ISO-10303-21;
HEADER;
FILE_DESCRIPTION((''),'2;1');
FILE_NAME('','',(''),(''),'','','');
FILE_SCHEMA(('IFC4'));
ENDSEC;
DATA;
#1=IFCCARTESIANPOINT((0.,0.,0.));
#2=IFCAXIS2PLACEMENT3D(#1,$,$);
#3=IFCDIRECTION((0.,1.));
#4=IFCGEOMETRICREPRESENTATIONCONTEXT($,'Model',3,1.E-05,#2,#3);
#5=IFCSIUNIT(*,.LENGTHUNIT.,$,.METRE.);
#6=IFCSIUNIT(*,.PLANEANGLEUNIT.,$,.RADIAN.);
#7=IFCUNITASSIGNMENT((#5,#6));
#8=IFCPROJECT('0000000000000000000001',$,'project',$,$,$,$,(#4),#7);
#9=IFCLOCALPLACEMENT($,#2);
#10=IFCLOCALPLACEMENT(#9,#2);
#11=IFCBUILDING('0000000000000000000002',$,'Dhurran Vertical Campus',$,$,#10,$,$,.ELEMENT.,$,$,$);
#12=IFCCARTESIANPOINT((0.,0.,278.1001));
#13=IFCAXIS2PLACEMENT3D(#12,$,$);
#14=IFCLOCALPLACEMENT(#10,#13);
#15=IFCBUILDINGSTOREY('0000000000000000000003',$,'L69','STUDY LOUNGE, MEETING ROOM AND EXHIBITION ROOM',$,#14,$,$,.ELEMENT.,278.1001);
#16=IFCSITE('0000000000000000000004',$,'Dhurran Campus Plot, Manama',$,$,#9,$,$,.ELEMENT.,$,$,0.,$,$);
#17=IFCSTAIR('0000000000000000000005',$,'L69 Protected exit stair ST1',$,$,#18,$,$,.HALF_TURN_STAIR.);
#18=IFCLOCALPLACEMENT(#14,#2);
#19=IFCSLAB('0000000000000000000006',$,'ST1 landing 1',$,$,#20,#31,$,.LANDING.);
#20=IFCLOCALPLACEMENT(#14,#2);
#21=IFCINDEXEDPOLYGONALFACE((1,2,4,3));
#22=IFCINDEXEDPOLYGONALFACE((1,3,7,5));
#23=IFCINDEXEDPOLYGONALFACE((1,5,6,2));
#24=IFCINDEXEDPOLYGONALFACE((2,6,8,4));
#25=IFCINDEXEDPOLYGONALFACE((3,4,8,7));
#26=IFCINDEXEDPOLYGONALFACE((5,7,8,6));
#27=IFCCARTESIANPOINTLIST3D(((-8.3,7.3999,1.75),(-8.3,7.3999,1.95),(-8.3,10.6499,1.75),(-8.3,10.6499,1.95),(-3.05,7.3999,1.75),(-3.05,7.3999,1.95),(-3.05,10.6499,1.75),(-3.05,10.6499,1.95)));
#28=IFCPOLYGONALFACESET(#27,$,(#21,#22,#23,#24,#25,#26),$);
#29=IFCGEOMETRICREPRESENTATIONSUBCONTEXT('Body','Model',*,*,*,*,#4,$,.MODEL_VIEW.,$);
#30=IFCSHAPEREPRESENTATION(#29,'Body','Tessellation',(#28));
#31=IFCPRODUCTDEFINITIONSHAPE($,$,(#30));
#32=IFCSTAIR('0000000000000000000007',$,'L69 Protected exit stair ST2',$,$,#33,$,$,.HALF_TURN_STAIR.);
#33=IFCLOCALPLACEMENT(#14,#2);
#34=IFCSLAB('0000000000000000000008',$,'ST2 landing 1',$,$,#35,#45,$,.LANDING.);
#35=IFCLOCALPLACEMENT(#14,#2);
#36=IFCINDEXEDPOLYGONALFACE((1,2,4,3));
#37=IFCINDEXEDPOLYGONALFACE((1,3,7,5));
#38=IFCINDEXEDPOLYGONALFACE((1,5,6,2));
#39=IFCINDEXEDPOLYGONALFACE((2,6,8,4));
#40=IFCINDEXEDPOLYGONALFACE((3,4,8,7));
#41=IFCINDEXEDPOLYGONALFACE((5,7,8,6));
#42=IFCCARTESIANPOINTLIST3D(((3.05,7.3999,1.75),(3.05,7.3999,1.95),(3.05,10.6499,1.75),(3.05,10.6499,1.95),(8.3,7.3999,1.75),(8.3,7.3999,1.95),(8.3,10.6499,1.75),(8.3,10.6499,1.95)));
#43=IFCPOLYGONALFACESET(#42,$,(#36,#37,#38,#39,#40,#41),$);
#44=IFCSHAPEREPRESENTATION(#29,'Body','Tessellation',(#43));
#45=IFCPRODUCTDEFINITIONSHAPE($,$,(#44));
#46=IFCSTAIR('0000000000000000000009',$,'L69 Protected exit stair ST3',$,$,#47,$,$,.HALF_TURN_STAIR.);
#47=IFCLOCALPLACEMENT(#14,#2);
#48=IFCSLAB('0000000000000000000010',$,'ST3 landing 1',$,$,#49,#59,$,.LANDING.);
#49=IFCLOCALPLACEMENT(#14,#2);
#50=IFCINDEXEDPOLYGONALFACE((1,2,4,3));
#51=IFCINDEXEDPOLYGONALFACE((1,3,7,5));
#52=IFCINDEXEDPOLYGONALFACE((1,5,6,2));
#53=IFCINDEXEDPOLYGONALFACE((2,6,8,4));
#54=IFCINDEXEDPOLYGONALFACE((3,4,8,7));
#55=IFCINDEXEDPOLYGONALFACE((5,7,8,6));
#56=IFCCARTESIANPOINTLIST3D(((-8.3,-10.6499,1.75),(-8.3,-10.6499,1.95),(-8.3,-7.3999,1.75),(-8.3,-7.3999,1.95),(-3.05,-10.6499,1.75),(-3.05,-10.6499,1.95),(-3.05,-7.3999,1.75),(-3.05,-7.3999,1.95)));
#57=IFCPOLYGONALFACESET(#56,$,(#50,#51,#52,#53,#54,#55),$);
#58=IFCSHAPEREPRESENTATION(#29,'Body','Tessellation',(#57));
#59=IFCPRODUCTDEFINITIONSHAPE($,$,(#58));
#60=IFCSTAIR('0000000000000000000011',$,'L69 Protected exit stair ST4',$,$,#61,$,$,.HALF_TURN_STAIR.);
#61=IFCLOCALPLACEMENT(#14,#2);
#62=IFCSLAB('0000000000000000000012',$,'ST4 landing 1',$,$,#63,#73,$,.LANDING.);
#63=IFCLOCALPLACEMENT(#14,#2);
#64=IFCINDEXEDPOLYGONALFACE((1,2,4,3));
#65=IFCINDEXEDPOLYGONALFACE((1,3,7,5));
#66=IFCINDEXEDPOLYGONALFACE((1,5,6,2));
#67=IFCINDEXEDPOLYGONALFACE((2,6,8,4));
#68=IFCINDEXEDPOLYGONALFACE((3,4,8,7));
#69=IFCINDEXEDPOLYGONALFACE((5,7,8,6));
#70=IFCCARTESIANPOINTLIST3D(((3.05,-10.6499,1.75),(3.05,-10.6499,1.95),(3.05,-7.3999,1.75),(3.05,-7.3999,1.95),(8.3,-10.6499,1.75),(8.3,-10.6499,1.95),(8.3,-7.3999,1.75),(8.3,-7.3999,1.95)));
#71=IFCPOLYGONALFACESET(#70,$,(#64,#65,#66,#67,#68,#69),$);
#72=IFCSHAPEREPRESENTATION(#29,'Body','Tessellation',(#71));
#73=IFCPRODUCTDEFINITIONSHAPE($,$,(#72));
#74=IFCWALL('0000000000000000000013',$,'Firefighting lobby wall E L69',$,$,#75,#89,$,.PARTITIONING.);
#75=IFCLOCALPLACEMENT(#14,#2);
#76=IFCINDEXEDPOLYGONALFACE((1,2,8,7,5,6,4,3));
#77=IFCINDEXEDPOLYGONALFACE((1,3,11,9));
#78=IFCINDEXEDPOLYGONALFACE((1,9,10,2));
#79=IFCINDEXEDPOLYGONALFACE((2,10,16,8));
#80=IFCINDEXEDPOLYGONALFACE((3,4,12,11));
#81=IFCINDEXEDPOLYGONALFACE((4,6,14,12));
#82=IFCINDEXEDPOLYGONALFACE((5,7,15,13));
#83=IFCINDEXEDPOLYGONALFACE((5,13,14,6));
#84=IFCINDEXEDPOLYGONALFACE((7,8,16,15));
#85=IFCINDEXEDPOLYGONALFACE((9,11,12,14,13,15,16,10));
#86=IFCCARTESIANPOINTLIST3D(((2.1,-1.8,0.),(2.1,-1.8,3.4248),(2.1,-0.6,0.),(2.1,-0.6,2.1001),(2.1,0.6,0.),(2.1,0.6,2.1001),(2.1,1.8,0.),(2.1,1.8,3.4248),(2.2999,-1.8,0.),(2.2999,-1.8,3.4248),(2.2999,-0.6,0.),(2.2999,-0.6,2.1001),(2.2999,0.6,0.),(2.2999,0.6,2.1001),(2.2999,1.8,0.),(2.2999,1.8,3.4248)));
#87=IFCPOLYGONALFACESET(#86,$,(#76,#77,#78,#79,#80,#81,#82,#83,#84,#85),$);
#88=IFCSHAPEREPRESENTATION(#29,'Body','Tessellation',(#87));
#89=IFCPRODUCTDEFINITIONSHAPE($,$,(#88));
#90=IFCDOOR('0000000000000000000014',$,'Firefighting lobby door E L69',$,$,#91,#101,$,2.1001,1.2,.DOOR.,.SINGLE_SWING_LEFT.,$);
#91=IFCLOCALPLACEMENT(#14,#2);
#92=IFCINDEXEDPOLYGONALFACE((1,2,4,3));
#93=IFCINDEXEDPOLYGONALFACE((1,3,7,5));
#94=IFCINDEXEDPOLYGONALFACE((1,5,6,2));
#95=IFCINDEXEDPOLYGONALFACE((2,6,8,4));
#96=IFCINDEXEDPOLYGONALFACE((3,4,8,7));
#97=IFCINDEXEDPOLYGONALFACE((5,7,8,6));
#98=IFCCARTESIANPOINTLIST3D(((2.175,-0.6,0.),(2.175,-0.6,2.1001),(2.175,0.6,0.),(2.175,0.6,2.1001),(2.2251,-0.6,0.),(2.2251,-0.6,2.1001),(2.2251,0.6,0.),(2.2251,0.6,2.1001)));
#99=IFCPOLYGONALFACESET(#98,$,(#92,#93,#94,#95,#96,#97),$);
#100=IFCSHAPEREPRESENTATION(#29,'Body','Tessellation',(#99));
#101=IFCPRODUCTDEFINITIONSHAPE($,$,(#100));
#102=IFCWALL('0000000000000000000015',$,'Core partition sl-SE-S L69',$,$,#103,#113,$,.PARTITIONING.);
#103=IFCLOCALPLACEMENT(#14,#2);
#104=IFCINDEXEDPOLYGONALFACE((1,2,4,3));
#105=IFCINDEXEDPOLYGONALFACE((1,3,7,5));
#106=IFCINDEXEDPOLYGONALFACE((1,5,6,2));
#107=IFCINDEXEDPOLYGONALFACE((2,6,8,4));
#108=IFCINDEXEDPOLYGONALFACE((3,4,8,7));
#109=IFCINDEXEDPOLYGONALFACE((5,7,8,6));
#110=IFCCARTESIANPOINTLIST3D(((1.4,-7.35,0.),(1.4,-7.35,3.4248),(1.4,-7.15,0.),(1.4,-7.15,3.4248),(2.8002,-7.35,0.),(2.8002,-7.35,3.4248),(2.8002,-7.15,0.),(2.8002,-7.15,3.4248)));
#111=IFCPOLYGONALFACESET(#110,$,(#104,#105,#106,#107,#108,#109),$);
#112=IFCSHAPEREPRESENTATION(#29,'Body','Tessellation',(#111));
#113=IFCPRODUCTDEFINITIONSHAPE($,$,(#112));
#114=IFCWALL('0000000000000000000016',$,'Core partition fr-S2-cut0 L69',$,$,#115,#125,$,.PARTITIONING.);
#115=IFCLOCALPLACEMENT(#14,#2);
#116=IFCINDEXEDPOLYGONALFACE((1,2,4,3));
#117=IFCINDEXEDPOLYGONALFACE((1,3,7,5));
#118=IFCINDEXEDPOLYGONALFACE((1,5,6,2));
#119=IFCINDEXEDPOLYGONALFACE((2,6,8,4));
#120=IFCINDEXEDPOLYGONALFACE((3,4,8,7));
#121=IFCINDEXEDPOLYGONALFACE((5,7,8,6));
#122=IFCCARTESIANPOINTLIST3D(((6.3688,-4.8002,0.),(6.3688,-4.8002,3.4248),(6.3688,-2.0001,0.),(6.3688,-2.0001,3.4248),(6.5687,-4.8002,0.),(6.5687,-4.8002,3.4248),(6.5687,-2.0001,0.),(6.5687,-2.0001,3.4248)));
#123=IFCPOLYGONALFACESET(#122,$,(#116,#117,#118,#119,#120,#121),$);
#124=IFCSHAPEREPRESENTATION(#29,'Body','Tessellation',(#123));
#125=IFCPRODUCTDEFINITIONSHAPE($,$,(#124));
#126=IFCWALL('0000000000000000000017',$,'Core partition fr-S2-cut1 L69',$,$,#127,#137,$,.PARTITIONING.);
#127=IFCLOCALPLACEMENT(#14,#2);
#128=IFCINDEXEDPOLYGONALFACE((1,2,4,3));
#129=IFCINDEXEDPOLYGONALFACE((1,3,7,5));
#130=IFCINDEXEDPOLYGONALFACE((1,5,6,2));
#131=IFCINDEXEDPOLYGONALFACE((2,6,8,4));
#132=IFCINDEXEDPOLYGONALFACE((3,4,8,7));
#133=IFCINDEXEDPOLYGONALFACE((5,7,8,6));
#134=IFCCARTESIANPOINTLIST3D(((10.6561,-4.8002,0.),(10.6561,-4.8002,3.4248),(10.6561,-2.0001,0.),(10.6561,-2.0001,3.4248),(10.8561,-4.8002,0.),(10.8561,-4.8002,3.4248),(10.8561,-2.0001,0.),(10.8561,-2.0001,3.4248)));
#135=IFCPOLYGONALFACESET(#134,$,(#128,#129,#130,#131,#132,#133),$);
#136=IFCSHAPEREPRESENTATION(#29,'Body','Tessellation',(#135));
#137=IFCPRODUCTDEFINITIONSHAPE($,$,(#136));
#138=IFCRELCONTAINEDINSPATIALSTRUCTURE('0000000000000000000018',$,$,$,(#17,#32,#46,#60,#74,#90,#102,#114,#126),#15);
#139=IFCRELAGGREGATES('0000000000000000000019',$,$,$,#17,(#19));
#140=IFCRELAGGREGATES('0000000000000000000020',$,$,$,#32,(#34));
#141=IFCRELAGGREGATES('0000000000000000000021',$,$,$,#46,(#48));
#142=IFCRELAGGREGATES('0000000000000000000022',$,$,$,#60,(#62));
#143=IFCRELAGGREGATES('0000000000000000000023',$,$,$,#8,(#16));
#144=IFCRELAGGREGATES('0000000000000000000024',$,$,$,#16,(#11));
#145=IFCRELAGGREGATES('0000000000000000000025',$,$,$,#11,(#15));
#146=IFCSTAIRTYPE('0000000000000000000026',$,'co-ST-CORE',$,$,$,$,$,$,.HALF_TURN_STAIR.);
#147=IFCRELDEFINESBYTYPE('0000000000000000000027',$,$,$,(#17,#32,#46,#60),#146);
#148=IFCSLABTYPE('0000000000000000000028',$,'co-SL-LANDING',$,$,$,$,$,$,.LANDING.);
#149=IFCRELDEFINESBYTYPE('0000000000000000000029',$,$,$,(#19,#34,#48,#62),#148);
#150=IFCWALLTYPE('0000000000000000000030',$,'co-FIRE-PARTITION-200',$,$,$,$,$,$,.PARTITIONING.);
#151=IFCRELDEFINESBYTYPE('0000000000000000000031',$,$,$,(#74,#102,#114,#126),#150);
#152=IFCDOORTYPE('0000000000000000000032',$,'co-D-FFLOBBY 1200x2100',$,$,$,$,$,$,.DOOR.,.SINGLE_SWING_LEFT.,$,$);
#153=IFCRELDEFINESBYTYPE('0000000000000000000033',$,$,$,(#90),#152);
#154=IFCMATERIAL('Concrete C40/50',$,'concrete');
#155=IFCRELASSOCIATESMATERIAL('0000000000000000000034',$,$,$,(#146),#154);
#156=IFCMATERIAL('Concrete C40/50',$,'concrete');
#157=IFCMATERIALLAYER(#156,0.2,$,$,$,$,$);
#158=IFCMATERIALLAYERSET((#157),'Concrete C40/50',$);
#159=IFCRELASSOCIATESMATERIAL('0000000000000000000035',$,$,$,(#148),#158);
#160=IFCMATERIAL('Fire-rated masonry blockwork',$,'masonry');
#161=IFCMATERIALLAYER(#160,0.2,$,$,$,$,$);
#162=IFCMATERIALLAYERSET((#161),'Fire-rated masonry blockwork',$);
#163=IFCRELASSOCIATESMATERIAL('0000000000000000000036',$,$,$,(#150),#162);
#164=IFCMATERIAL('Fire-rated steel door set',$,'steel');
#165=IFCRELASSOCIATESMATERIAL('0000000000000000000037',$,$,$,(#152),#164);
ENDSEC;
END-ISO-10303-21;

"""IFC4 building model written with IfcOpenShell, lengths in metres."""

from ifc_helpers import new_model, si_unit, direction, frame, frame_2d, origin, place, context, subcontext, project, spatial, polyline, rectangle, outline, extrude, material, layer, layer_set, type_object, element, fill, aggregate, save


model = new_model("IFC4")

# Units and contexts
model_context = context("Model", 3, precision=1e-05, world=origin(), true_north=direction((0.0, 1.0)))
body_context = subcontext(model_context, "Body", "Model", "MODEL_VIEW")
ifc_project = project(units=[si_unit("LENGTHUNIT", "METRE"), si_unit("PLANEANGLEUNIT", "RADIAN")], contexts=[model_context])

# Site, building, storey
site_placement = place(None, origin())
site = spatial("IfcSite", under=ifc_project, at=site_placement, Name="Dhurran Campus Plot, Manama", CompositionType="ELEMENT", RefElevation=0.0)
building_placement = place(site_placement, origin())
building = spatial("IfcBuilding", under=site, at=building_placement, Name="Dhurran Vertical Campus", CompositionType="ELEMENT")
storey_placement = place(building_placement, frame((0.0, 0.0, 278.1001)))
storey = spatial("IfcBuildingStorey", under=building, at=storey_placement, Name="L69", Description="STUDY LOUNGE, MEETING ROOM AND EXHIBITION ROOM", CompositionType="ELEMENT", Elevation=278.1001)

# Stairs, slabs
ifc_material_1 = material(Name="Concrete C40/50", Category="concrete")
stair_type = type_object("IfcStairType", Name="co-ST-CORE", PredefinedType="HALF_TURN_STAIR", material=ifc_material_1)
stair_1_placement = place(storey_placement, origin())
stair_1 = element("IfcStair", 1, at=stair_1_placement, inside=storey, type_object=stair_type, Name="L69 Protected exit stair ST1", PredefinedType="HALF_TURN_STAIR")
ifc_material_2 = material(Name="Concrete C40/50", Category="concrete")
ifc_layer_1 = layer(ifc_material_2, 0.2)
ifc_layer_set_1 = layer_set([ifc_layer_1], Name="Concrete C40/50")
slab_type = type_object("IfcSlabType", Name="co-SL-LANDING", PredefinedType="LANDING", material=ifc_layer_set_1)
slab_1_placement = place(storey_placement, frame((0.0, 0.0, 1.75)))
slab_1 = element("IfcSlab", 2, at=slab_1_placement, type_object=slab_type, Name="ST1 landing 1", PredefinedType="LANDING", context=body_context, shape_type="SweptSolid", body=[
    extrude(outline(polyline([(-8.3, 7.3999), (-3.05, 7.3999), (-3.05, 10.6499), (-8.3, 10.6499), (-8.3, 7.3999)])), origin(), (0.0, 0.0, 1.0), 0.2),
])
aggregate(stair_1, [slab_1])
stair_2_placement = place(storey_placement, origin())
stair_2 = element("IfcStair", 3, at=stair_2_placement, inside=storey, type_object=stair_type, Name="L69 Protected exit stair ST2", PredefinedType="HALF_TURN_STAIR")
slab_2_placement = place(storey_placement, frame((0.0, 0.0, 1.75)))
slab_2 = element("IfcSlab", 4, at=slab_2_placement, type_object=slab_type, Name="ST2 landing 1", PredefinedType="LANDING", context=body_context, shape_type="SweptSolid", body=[
    extrude(outline(polyline([(8.3, 10.6499), (3.05, 10.6499), (3.05, 7.3999), (8.3, 7.3999), (8.3, 10.6499)])), origin(), (0.0, 0.0, 1.0), 0.2),
])
aggregate(stair_2, [slab_2])
stair_3_placement = place(storey_placement, origin())
stair_3 = element("IfcStair", 5, at=stair_3_placement, inside=storey, type_object=stair_type, Name="L69 Protected exit stair ST3", PredefinedType="HALF_TURN_STAIR")
slab_3_placement = place(storey_placement, frame((0.0, 0.0, 1.75)))
slab_3 = element("IfcSlab", 6, at=slab_3_placement, type_object=slab_type, Name="ST3 landing 1", PredefinedType="LANDING", context=body_context, shape_type="SweptSolid", body=[
    extrude(outline(polyline([(-8.3, -10.6499), (-3.05, -10.6499), (-3.05, -7.3999), (-8.3, -7.3999), (-8.3, -10.6499)])), origin(), (0.0, 0.0, 1.0), 0.2),
])
aggregate(stair_3, [slab_3])
stair_4_placement = place(storey_placement, origin())
stair_4 = element("IfcStair", 7, at=stair_4_placement, inside=storey, type_object=stair_type, Name="L69 Protected exit stair ST4", PredefinedType="HALF_TURN_STAIR")
slab_4_placement = place(storey_placement, frame((0.0, 0.0, 1.75)))
slab_4 = element("IfcSlab", 8, at=slab_4_placement, type_object=slab_type, Name="ST4 landing 1", PredefinedType="LANDING", context=body_context, shape_type="SweptSolid", body=[
    extrude(outline(polyline([(8.3, -7.3999), (3.05, -7.3999), (3.05, -10.6499), (8.3, -10.6499), (8.3, -7.3999)])), origin(), (0.0, 0.0, 1.0), 0.2),
])
aggregate(stair_4, [slab_4])

# Wall, opening, door
ifc_material_3 = material(Name="Fire-rated masonry blockwork", Category="masonry")
ifc_layer_2 = layer(ifc_material_3, 0.2)
ifc_layer_set_2 = layer_set([ifc_layer_2], Name="Fire-rated masonry blockwork")
wall_type_1 = type_object("IfcWallType", Name="co-FIRE-PARTITION-200", PredefinedType="PARTITIONING", material=ifc_layer_set_2)
wall_1_placement = place(storey_placement, frame((2.2, -1.8, 0.0), z_axis=(0.0, 0.0, 1.0), x_axis=(0.0, 1.0, 0.0)))
wall_1 = element("IfcWall", 9, at=wall_1_placement, inside=storey, type_object=wall_type_1, Name="Firefighting lobby wall E L69", PredefinedType="PARTITIONING", context=body_context, shape_type="SweptSolid", body=[
    extrude(rectangle(XDim=3.6001, YDim=0.2, at=frame_2d((1.8, 0.0))), origin(), (0.0, 0.0, 1.0), 3.4248),
])
opening_1_placement = place(wall_1_placement, frame((1.2, 0.0, 0.0)))
opening_1 = element("IfcOpeningElement", 10, at=opening_1_placement, cuts=wall_1, PredefinedType="OPENING", context=body_context, shape_type="SweptSolid", body=[
    extrude(rectangle(XDim=1.2, YDim=2.1001, at=frame_2d((0.6001, 1.05))), frame((0.0, 0.1099, 0.0), z_axis=(0.0, -1.0, 0.0), x_axis=(1.0, 0.0, 0.0)), (0.0, 0.0, 1.0), 0.22),
])
ifc_material_4 = material(Name="Fire-rated steel door set", Category="steel")
door_type_1 = type_object("IfcDoorType", Name="co-D-FFLOBBY 1200x2100", OperationType="SINGLE_SWING_LEFT", PredefinedType="DOOR", material=ifc_material_4)
door_1_placement = place(opening_1_placement, origin())
door_1 = element("IfcDoor", 11, at=door_1_placement, inside=storey, type_object=door_type_1, Name="Firefighting lobby door E L69", OperationType="SINGLE_SWING_LEFT", OverallHeight=2.1001, OverallWidth=1.2, PredefinedType="DOOR", context=body_context, shape_type="SweptSolid", body=[
    extrude(rectangle(XDim=1.2, YDim=2.1001, at=frame_2d((0.6001, 1.05))), frame((0.0, 0.0249, 0.0), z_axis=(0.0, -1.0, 0.0), x_axis=(1.0, 0.0, 0.0)), (0.0, 0.0, 1.0), 0.05),
])
fill(opening_1, door_1)

# Walls
wall_2_placement = place(storey_placement, frame((1.3999, -7.25, 0.0), z_axis=(0.0, 0.0, 1.0), x_axis=(1.0, 0.0, 0.0)))
element("IfcWall", 12, at=wall_2_placement, inside=storey, type_object=wall_type_1, Name="Core partition sl-SE-S L69", PredefinedType="PARTITIONING", context=body_context, shape_type="SweptSolid", body=[
    extrude(rectangle(XDim=1.4001, YDim=0.2, at=frame_2d((0.7002, 0.0))), origin(), (0.0, 0.0, 1.0), 3.4248),
])
for number, where, z_axis, x_axis, name in (
    (13, (6.4688, -4.8, 0.0), (0.0, 0.0, 1.0), (0.0, 1.0, 0.0), "Core partition fr-S2-cut0 L69"),
    (14, (10.7561, -4.8, 0.0), (0.0, 0.0, 1.0), (0.0, 1.0, 0.0), "Core partition fr-S2-cut1 L69"),
):
    element("IfcWall", number, at=place(storey_placement, frame(where, z_axis=z_axis, x_axis=x_axis)), inside=storey, type_object=wall_type_1, Name=name, PredefinedType="PARTITIONING", context=body_context, shape_type="SweptSolid", body=[
        extrude(rectangle(XDim=2.8, YDim=0.2, at=frame_2d((1.3999, 0.0))), origin(), (0.0, 0.0, 1.0), 3.4248),
    ])

save(model, "model.ifc")
